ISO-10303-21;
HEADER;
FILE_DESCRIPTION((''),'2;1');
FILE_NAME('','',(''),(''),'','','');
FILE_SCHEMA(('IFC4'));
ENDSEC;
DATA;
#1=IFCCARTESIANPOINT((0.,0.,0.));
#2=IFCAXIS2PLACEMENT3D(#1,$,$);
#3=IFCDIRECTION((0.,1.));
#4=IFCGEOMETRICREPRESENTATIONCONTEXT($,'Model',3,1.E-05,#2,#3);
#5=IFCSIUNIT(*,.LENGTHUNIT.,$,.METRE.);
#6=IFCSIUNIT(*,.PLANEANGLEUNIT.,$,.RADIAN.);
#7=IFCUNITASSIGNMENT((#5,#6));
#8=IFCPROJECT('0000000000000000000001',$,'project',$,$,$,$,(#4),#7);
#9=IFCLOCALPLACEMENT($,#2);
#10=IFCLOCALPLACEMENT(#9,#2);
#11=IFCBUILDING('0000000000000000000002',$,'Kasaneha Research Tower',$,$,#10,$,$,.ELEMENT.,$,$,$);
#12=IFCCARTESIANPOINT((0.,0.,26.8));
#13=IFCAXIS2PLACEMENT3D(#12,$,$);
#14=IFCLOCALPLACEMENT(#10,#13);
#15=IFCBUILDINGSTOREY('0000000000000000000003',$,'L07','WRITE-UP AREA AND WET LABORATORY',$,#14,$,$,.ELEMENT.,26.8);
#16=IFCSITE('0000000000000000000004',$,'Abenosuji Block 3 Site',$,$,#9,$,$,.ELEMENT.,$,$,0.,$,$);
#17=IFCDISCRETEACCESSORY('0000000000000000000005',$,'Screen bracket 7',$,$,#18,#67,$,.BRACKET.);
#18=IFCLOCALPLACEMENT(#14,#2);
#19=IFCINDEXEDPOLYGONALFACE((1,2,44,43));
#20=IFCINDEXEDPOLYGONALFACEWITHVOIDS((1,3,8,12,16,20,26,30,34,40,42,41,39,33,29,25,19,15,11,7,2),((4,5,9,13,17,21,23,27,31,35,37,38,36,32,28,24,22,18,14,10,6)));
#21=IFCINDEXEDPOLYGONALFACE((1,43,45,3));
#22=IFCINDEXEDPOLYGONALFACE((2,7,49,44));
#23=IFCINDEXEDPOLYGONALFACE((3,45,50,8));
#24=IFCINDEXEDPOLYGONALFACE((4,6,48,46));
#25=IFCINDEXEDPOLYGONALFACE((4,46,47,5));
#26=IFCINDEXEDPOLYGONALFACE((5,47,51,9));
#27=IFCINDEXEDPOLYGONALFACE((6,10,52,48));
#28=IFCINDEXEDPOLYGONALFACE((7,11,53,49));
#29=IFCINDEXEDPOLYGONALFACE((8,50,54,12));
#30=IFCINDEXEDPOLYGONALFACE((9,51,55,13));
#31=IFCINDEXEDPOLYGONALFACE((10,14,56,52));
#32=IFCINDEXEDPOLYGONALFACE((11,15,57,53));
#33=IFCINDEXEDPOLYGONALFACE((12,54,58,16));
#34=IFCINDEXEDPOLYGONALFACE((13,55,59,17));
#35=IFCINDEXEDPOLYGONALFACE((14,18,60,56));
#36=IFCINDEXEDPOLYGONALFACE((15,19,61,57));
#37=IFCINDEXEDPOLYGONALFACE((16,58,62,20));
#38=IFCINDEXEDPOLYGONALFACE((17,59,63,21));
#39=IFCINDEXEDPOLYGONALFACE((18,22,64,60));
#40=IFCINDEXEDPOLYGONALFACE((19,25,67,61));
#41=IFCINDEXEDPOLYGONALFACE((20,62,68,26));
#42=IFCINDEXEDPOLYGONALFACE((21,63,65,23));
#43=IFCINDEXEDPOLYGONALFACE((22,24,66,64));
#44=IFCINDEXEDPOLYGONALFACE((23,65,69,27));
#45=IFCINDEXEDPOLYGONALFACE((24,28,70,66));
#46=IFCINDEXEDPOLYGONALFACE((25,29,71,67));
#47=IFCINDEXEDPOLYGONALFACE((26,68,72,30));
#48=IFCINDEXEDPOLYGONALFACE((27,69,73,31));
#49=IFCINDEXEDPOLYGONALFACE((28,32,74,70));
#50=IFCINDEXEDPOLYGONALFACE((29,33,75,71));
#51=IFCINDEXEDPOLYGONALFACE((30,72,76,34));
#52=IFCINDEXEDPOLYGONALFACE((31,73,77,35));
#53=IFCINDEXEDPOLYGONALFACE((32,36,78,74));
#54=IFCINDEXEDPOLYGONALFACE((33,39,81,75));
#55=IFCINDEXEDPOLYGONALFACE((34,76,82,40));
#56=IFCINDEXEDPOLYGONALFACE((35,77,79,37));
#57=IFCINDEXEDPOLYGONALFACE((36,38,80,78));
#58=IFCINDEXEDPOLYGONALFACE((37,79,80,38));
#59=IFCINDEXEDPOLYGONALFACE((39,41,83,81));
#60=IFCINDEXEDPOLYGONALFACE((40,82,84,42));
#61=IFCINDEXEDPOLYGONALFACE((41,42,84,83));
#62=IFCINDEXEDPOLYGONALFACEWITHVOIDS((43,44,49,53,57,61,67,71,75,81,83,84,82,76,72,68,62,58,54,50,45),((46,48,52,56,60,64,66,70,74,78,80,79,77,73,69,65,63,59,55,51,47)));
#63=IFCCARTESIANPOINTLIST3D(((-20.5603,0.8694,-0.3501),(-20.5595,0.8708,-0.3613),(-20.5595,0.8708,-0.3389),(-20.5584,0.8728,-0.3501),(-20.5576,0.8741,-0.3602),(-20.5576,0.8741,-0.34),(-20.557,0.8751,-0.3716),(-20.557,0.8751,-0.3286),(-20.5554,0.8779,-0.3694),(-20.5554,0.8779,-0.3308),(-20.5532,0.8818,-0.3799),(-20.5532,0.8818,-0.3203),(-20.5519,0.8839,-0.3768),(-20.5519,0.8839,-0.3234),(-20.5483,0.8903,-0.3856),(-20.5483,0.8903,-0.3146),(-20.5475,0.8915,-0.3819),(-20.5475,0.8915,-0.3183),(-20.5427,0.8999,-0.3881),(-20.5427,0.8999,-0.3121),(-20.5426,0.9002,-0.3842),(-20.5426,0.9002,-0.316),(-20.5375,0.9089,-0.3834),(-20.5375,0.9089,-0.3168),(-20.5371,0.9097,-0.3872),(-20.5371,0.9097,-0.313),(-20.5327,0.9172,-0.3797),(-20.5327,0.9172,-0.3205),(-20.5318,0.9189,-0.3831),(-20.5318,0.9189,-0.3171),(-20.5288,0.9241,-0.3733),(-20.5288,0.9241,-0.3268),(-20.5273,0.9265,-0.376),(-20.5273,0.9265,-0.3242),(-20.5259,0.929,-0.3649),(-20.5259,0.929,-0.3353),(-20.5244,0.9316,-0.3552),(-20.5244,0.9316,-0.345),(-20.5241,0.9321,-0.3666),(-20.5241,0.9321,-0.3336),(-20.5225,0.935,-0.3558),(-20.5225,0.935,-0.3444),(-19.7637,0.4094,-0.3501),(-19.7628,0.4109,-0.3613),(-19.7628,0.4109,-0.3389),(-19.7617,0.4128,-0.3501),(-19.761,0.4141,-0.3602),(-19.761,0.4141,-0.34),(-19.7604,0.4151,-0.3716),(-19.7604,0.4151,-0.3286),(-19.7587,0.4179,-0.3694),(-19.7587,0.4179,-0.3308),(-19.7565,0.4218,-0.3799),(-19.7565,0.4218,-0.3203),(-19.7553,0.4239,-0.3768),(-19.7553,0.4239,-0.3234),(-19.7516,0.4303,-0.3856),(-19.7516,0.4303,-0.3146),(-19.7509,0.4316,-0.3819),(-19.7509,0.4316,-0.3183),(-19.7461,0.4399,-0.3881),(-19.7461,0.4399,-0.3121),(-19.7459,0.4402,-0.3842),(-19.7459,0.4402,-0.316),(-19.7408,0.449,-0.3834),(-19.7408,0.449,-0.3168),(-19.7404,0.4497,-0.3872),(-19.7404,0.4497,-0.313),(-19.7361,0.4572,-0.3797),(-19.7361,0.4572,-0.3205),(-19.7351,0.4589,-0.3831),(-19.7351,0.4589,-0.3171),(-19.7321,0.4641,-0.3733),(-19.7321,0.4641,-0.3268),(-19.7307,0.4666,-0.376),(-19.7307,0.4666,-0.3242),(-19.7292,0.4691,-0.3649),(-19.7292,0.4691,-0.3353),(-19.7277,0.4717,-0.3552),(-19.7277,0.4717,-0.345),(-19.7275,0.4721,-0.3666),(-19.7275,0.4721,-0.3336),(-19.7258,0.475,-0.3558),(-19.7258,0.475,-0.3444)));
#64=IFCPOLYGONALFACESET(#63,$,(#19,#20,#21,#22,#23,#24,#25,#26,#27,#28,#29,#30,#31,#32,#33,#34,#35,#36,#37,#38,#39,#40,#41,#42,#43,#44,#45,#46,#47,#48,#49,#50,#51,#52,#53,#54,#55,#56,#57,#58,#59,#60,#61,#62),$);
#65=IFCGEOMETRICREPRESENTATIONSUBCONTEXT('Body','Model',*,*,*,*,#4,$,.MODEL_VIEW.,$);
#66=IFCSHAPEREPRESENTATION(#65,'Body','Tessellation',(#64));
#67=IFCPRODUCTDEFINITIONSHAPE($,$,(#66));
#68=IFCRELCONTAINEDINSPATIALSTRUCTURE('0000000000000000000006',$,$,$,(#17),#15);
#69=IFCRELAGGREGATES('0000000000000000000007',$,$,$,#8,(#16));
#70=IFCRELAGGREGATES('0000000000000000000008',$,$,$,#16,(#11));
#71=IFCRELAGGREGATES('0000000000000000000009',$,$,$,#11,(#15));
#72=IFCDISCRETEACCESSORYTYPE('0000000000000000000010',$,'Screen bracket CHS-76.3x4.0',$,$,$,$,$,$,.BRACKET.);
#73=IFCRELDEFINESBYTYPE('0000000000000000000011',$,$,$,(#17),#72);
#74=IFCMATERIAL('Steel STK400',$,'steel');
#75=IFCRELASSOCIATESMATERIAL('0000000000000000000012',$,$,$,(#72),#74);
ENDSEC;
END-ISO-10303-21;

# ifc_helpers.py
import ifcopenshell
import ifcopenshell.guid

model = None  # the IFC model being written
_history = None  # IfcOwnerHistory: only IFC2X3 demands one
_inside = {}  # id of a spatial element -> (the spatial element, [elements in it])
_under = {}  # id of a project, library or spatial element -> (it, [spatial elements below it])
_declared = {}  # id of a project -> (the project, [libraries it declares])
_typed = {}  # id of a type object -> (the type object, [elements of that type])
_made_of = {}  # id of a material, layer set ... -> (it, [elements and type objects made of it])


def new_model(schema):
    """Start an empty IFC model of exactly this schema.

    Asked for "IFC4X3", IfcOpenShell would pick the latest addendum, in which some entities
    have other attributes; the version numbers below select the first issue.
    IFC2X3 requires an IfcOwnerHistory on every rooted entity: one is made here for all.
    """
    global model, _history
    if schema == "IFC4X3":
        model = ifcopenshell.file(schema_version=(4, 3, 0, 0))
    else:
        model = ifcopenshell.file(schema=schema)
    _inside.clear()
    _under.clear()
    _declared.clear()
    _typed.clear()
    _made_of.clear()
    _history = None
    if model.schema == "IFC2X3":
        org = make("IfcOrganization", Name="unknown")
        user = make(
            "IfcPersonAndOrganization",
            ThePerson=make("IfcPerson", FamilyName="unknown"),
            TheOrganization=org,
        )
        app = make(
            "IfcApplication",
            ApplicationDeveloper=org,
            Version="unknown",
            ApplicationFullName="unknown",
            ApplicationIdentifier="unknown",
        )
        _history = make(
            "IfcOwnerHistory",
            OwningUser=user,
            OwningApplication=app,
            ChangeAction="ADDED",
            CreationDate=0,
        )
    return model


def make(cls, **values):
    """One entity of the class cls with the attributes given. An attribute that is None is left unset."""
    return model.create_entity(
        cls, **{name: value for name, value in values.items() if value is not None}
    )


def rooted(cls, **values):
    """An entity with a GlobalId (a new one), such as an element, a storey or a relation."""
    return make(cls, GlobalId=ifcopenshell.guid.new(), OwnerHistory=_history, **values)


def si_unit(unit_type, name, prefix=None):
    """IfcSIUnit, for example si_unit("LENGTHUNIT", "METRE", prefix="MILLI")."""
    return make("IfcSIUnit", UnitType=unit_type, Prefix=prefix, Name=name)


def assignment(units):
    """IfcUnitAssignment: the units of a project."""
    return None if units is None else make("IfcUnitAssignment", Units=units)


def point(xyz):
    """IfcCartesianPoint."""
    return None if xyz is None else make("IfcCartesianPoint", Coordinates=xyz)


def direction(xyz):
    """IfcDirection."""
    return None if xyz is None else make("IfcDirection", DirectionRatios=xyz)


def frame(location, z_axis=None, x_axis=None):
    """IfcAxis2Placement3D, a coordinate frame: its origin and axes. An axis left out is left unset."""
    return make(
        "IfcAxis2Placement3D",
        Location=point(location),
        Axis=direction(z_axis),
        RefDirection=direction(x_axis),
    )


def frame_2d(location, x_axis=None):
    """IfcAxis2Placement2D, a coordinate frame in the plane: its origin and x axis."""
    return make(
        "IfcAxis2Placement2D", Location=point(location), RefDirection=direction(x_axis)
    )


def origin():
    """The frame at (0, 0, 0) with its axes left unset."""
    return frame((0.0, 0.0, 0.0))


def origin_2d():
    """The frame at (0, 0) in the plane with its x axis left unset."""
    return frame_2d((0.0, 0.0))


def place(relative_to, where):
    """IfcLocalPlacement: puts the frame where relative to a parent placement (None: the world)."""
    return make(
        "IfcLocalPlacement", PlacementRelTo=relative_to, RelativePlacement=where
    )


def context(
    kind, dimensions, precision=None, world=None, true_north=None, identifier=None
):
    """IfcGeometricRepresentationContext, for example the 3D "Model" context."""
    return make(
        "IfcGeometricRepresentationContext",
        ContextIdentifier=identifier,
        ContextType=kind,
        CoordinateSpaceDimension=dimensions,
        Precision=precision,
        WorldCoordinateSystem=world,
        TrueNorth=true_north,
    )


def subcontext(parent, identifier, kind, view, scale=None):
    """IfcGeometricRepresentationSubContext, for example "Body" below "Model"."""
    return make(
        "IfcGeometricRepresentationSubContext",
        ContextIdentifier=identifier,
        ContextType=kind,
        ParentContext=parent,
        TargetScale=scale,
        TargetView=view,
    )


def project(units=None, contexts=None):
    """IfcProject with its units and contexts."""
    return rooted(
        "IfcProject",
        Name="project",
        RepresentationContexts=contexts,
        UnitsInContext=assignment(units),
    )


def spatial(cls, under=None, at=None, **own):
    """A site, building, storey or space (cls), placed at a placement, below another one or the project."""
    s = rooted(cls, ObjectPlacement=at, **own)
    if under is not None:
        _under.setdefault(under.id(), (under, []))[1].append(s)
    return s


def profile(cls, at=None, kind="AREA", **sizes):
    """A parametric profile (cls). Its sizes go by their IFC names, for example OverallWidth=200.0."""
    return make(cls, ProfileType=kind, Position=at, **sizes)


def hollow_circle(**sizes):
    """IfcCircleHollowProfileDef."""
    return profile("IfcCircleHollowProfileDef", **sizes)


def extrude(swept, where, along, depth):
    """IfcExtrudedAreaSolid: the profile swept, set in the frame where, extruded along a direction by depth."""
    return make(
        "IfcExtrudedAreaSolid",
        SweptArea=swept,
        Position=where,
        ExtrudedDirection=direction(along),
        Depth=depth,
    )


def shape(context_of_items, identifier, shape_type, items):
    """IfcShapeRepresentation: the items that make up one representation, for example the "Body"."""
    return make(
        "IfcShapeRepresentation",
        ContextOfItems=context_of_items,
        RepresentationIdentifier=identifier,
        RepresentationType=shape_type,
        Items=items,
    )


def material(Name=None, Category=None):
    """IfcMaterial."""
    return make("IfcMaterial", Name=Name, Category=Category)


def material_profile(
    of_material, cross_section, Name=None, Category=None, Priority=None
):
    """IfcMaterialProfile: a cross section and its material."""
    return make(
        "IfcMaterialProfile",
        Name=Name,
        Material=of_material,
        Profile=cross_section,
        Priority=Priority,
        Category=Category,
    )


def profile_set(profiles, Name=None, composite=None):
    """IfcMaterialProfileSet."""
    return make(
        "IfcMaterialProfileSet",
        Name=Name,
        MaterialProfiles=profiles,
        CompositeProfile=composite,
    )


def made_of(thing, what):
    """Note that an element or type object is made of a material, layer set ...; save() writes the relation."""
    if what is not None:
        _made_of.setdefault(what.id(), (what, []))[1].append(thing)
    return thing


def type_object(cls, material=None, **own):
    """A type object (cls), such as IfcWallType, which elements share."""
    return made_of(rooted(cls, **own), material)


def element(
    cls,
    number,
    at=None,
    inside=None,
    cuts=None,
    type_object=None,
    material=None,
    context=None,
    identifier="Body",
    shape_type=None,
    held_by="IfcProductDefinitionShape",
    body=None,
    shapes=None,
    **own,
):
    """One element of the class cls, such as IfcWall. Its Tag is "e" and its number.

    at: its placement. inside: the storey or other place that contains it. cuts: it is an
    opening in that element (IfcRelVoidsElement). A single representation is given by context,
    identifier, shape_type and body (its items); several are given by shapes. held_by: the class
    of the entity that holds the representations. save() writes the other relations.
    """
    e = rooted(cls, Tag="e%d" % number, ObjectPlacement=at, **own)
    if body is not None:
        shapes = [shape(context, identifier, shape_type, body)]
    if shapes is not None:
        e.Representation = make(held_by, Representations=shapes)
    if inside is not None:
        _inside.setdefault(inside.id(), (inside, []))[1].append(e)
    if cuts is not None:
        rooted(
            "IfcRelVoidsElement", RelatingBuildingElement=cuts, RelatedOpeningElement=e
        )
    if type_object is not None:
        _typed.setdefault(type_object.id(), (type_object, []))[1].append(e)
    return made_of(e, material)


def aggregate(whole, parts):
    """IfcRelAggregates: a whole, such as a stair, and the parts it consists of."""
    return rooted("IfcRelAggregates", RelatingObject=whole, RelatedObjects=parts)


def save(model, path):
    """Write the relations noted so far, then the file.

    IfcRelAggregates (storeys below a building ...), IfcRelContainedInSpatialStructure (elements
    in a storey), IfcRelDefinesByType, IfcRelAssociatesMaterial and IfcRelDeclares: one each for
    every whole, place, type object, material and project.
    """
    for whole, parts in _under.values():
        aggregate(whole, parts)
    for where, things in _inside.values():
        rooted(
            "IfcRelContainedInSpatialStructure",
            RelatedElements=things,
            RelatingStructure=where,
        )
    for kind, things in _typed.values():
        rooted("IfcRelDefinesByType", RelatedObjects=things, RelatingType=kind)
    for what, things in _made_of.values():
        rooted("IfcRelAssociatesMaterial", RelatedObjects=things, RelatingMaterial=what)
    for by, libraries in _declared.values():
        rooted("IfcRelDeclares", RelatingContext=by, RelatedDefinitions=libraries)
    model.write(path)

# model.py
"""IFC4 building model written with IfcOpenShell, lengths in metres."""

from ifc_helpers import new_model, si_unit, direction, frame, origin, origin_2d, place, context, subcontext, project, spatial, hollow_circle, extrude, material, material_profile, profile_set, type_object, element, save


model = new_model("IFC4")

# Units and contexts
model_context = context("Model", 3, precision=1e-05, world=origin(), true_north=direction((0.0, 1.0)))
body_context = subcontext(model_context, "Body", "Model", "MODEL_VIEW")
ifc_project = project(units=[si_unit("LENGTHUNIT", "METRE"), si_unit("PLANEANGLEUNIT", "RADIAN")], contexts=[model_context])

# Site, building, storey
site_placement = place(None, origin())
site = spatial("IfcSite", under=ifc_project, at=site_placement, Name="Abenosuji Block 3 Site", CompositionType="ELEMENT", RefElevation=0.0)
building_placement = place(site_placement, origin())
building = spatial("IfcBuilding", under=site, at=building_placement, Name="Kasaneha Research Tower", CompositionType="ELEMENT")
storey_placement = place(building_placement, frame((0.0, 0.0, 26.8)))
storey = spatial("IfcBuildingStorey", under=building, at=storey_placement, Name="L07", Description="WRITE-UP AREA AND WET LABORATORY", CompositionType="ELEMENT", Elevation=26.8)

# Discrete accessory
ifc_material_1 = material(Name="Steel STK400", Category="steel")
ifc_material_profile_1 = material_profile(ifc_material_1, hollow_circle(Radius=0.0381, WallThickness=0.0039, at=origin_2d()), Name="CHS-76.3x4.0")
ifc_profile_set_1 = profile_set([ifc_material_profile_1], Name="Steel STK400")
discrete_accessory_type = type_object("IfcDiscreteAccessoryType", Name="Screen bracket CHS-76.3x4.0", PredefinedType="BRACKET", material=ifc_profile_set_1)
for number, where, z_axis, x_axis, name in (
    (1, (-19.7446, 0.4424, -0.3501), (-0.866013, 0.500021, 0.0), (-0.500021, -0.866013, 0.0), "Screen bracket 7"),
):
    element("IfcDiscreteAccessory", number, at=place(storey_placement, frame(where, z_axis=z_axis, x_axis=x_axis)), inside=storey, type_object=discrete_accessory_type, Name=name, PredefinedType="BRACKET", context=body_context, shape_type="SweptSolid", body=[
        extrude(hollow_circle(Radius=0.0381, WallThickness=0.0039, at=origin_2d()), origin(), (0.0, 0.0, 1.0), 0.9199),
    ])

save(model, "model.ifc")
